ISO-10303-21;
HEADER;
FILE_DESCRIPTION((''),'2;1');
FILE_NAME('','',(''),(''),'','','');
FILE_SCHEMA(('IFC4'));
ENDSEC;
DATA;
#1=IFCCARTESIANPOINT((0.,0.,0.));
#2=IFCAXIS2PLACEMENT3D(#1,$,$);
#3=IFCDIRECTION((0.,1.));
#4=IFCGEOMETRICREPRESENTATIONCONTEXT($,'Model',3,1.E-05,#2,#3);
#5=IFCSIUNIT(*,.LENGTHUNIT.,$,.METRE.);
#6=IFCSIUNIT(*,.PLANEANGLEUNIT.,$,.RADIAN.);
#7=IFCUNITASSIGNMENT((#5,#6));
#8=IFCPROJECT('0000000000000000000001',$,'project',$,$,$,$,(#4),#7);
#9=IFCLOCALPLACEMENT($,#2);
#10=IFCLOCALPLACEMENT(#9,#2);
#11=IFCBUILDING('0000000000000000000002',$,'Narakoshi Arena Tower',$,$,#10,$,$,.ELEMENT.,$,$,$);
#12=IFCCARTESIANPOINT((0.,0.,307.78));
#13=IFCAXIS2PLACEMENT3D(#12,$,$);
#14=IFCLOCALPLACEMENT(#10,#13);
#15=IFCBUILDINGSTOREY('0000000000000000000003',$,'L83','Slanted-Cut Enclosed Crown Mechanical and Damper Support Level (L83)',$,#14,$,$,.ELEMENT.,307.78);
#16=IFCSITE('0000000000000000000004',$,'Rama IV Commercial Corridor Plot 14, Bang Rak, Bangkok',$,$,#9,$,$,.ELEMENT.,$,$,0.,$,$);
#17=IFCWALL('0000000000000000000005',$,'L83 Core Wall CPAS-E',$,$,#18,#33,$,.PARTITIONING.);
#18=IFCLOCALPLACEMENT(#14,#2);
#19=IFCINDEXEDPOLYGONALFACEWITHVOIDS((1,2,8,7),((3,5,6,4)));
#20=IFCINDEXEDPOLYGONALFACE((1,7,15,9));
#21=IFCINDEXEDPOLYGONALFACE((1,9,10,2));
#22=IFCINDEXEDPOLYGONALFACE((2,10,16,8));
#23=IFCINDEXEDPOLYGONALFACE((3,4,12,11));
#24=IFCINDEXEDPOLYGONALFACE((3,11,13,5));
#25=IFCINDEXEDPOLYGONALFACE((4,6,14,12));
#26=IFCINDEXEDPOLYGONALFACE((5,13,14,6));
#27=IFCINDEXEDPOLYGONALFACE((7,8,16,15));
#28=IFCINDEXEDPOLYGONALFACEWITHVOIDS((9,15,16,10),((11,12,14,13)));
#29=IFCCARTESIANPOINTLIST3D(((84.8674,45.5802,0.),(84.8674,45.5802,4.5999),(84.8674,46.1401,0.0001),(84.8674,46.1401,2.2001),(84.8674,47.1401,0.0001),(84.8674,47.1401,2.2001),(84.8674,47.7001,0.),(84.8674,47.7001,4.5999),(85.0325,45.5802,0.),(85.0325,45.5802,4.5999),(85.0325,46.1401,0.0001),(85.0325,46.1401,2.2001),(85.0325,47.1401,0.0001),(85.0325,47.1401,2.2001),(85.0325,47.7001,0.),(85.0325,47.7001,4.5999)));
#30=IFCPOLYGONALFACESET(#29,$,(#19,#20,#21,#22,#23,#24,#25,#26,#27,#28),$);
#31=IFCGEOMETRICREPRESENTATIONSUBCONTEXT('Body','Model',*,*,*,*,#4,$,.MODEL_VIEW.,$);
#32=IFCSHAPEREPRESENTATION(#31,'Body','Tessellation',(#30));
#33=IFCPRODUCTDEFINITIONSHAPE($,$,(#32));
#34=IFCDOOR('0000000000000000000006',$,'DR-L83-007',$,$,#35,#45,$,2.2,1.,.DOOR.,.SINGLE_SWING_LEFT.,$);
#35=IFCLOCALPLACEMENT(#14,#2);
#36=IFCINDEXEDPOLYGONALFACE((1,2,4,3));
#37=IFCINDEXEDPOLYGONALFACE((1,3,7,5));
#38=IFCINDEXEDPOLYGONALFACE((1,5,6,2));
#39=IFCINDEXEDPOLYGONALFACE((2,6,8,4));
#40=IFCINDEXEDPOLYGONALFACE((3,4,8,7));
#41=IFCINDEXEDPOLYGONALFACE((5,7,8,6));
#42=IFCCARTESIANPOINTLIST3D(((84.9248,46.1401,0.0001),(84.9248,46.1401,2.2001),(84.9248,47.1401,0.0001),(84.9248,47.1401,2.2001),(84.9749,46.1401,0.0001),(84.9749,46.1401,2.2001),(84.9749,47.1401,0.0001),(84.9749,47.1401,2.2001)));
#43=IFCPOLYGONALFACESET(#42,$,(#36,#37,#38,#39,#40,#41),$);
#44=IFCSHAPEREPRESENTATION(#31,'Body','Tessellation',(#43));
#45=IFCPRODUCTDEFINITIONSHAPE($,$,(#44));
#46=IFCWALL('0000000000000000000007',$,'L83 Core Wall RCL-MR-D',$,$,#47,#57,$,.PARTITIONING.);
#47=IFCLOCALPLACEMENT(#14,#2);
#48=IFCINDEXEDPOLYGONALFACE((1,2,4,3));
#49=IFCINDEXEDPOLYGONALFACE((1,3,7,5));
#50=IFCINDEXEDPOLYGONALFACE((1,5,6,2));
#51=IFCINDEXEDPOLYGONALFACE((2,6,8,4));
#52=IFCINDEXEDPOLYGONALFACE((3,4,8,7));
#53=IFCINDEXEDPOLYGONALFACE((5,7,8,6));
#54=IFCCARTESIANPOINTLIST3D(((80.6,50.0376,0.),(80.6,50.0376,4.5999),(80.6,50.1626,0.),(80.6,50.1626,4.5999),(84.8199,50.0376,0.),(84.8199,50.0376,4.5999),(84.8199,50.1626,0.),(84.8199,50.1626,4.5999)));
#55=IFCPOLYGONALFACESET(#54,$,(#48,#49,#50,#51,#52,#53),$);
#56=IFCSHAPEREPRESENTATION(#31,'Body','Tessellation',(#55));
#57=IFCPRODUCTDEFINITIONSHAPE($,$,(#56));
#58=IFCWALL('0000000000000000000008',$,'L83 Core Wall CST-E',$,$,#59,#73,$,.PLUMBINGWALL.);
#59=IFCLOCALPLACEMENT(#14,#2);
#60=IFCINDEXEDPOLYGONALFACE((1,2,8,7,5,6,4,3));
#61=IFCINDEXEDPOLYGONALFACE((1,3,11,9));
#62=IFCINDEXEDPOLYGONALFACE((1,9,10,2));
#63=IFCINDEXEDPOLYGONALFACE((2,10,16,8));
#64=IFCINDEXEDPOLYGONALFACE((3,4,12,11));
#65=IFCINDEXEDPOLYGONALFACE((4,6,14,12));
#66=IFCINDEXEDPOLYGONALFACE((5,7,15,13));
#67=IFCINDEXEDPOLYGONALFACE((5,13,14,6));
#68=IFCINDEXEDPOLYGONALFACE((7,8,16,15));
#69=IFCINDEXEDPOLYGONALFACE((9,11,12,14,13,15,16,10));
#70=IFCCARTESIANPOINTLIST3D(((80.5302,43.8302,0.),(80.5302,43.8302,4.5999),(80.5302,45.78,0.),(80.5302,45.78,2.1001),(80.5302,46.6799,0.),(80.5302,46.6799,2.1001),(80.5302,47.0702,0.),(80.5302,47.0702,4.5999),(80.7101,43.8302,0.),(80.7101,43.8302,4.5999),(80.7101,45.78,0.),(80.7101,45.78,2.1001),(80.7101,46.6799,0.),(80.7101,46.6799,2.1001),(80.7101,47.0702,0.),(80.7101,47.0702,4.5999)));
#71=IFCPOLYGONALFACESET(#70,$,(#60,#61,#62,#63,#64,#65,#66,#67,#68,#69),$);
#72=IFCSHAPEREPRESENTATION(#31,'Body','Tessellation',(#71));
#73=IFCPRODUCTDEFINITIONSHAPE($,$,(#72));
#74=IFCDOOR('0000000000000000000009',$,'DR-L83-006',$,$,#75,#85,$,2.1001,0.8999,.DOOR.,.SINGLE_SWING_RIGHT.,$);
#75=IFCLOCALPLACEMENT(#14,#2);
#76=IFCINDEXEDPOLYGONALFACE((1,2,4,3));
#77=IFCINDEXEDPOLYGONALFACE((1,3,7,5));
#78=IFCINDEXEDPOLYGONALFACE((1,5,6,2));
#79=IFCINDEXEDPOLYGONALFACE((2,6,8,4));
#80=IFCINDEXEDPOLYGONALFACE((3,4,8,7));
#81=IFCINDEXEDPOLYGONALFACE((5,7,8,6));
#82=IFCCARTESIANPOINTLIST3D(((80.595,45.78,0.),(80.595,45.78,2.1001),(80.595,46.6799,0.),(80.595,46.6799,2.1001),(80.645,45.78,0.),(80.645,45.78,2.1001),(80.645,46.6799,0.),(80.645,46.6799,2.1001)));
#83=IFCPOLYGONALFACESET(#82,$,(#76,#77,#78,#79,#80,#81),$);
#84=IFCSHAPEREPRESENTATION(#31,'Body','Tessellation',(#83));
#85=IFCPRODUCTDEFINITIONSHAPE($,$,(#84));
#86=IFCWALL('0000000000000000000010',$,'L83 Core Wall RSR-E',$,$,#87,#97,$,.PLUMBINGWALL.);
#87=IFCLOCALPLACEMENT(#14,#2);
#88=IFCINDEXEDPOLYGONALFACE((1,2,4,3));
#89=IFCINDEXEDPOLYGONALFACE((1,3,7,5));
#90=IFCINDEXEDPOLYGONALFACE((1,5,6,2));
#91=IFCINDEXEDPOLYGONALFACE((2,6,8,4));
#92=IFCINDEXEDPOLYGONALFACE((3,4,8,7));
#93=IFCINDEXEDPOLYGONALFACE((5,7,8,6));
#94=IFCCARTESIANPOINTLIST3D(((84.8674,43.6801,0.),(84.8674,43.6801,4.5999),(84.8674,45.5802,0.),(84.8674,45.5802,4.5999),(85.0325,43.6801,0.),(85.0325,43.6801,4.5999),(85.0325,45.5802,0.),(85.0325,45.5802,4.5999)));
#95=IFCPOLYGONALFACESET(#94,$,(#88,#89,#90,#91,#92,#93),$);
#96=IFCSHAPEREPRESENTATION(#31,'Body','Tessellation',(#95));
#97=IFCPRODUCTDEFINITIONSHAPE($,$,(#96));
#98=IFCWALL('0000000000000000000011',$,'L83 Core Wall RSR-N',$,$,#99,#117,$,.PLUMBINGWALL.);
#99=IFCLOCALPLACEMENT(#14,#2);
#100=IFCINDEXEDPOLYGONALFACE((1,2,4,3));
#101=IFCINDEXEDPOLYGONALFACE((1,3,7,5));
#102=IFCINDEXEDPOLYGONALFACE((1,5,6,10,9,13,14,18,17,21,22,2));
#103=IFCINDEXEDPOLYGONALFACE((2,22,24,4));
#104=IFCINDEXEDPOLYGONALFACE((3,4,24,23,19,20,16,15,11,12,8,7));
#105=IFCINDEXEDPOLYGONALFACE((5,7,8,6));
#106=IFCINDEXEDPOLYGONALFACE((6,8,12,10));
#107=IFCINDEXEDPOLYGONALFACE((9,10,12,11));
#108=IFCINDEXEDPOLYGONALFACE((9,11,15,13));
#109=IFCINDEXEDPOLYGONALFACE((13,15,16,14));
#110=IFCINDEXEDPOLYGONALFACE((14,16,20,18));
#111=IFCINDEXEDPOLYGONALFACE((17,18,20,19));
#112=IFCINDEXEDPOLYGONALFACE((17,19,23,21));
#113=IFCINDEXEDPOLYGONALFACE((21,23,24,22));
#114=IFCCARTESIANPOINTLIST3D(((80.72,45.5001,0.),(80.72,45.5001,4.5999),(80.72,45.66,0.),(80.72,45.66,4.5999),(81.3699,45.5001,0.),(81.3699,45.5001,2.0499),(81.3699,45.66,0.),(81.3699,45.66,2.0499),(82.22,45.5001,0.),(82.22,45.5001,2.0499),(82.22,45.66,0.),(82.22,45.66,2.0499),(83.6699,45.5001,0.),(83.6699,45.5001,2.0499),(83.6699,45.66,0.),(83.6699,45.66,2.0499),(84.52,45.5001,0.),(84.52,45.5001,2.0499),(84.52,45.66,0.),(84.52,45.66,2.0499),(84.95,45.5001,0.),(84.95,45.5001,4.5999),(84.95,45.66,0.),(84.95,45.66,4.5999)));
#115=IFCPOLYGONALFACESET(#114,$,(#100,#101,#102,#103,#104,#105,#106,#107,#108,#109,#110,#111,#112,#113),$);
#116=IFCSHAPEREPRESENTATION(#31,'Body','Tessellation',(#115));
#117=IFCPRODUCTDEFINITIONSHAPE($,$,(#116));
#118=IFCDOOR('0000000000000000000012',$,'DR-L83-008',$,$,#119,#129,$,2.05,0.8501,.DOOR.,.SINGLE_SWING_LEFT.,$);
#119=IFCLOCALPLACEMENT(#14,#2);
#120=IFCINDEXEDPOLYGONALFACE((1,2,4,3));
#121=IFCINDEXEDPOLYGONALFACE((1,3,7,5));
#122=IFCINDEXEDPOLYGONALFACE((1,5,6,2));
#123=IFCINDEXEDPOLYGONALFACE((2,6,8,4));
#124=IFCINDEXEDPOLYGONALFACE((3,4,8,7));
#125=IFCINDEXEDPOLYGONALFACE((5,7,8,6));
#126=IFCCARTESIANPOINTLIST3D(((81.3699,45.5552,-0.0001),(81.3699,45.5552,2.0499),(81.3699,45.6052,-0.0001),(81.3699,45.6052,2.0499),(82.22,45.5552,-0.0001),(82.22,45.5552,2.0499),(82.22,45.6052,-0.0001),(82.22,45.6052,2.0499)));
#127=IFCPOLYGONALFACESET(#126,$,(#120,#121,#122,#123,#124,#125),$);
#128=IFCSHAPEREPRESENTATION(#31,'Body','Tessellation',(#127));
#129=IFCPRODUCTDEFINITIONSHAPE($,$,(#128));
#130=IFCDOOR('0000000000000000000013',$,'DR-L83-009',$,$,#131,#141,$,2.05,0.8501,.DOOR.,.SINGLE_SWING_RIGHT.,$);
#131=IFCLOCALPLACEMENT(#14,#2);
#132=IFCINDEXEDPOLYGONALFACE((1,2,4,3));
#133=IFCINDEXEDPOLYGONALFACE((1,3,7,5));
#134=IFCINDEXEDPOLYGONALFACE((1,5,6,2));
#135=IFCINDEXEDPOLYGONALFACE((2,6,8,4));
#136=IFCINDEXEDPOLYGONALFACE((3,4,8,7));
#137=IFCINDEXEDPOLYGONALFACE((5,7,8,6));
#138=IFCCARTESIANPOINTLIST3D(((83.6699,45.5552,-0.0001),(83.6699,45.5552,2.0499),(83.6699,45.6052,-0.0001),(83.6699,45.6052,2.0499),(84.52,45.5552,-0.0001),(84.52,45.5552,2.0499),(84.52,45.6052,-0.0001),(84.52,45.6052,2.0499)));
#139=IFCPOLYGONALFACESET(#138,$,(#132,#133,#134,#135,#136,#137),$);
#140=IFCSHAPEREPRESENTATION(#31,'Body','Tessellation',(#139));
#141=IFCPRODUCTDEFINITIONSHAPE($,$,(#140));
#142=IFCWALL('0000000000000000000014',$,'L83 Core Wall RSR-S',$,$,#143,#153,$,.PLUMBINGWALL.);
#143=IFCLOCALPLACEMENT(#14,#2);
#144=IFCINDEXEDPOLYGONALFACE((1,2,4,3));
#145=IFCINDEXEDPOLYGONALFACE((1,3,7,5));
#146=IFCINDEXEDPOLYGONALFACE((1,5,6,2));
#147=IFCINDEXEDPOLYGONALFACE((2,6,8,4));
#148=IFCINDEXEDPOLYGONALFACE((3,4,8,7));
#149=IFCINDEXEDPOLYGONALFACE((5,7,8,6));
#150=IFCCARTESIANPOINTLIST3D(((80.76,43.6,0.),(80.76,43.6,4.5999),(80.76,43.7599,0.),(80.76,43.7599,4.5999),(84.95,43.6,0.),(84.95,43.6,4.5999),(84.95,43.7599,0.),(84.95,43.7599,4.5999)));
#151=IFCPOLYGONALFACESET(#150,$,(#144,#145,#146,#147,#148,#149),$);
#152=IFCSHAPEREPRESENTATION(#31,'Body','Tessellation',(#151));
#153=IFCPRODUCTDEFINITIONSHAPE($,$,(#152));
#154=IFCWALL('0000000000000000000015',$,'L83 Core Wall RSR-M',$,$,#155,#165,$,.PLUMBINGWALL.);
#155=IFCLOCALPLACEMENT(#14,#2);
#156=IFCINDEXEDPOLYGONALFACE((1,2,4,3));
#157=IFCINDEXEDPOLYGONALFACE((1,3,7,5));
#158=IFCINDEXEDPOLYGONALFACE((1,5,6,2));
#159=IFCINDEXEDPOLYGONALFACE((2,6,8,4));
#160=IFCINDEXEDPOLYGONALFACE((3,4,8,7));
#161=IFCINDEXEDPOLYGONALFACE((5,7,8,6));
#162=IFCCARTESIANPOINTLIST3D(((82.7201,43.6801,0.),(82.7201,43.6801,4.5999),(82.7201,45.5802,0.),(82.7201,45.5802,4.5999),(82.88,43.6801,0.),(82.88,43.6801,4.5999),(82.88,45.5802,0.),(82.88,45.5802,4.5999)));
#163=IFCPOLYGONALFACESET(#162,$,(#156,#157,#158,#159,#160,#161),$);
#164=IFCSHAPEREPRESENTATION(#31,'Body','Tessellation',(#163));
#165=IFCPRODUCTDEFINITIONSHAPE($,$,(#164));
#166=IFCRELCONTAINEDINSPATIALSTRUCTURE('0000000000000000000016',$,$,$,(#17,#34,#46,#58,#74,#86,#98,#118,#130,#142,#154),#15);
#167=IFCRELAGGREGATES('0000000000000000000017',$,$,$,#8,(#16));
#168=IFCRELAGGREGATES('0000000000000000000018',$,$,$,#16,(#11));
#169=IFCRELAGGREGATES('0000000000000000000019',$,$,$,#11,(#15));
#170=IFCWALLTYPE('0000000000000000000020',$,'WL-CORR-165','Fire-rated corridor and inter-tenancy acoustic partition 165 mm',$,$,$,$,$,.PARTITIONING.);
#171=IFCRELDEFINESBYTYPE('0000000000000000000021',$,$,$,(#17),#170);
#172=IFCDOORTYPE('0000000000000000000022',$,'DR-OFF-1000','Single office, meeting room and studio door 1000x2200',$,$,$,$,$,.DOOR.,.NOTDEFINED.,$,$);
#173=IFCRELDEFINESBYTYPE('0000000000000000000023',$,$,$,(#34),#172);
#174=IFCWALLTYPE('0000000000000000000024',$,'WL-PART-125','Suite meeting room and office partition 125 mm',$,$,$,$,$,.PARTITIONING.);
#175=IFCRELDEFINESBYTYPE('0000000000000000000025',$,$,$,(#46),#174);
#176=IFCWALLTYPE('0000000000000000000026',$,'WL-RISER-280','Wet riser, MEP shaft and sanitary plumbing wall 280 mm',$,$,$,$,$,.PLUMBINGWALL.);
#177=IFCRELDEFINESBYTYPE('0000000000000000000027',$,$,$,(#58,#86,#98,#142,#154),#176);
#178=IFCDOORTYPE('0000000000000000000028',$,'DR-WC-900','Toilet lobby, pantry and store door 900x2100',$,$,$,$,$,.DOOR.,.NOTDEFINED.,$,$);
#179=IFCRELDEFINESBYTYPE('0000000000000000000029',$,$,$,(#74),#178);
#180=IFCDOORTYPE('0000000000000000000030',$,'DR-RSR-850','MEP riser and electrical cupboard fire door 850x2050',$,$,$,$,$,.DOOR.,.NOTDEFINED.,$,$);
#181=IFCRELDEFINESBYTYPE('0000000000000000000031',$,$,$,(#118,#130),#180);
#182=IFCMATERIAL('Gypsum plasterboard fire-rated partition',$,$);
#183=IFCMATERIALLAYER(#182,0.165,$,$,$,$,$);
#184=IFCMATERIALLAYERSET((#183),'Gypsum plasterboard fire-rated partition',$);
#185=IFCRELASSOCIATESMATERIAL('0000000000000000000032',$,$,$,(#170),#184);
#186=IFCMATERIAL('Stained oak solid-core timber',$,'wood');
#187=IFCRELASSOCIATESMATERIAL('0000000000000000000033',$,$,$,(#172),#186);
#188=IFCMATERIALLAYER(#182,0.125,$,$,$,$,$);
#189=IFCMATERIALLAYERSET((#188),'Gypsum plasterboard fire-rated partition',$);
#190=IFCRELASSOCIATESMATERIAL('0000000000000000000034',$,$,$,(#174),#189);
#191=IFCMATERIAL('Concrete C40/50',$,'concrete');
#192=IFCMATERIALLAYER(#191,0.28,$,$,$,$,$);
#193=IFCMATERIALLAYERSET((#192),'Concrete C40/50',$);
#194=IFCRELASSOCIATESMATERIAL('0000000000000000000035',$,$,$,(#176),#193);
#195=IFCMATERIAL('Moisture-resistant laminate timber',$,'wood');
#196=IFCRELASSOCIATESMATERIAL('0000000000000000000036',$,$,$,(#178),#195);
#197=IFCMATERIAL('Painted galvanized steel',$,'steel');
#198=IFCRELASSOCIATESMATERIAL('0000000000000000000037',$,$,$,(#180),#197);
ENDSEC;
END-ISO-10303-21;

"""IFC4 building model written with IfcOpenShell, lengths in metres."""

from ifc_helpers import new_model, si_unit, direction, frame, frame_2d, origin, place, context, subcontext, project, spatial, rectangle, extrude, material, layer, layer_set, type_object, element, fill, save


model = new_model("IFC4")

# Units and contexts
model_context = context("Model", 3, precision=1e-05, world=origin(), true_north=direction((0.0, 1.0)))
body_context = subcontext(model_context, "Body", "Model", "MODEL_VIEW")
ifc_project = project(units=[si_unit("LENGTHUNIT", "METRE"), si_unit("PLANEANGLEUNIT", "RADIAN")], contexts=[model_context])

# Site, building, storey
site_placement = place(None, origin())
site = spatial("IfcSite", under=ifc_project, at=site_placement, Name="Rama IV Commercial Corridor Plot 14, Bang Rak, Bangkok", CompositionType="ELEMENT", RefElevation=0.0)
building_placement = place(site_placement, origin())
building = spatial("IfcBuilding", under=site, at=building_placement, Name="Narakoshi Arena Tower", CompositionType="ELEMENT")
storey_placement = place(building_placement, frame((0.0, 0.0, 307.78)))
storey = spatial("IfcBuildingStorey", under=building, at=storey_placement, Name="L83", Description="Slanted-Cut Enclosed Crown Mechanical and Damper Support Level (L83)", CompositionType="ELEMENT", Elevation=307.78)

# Wall, opening, door
ifc_material_1 = material(Name="Gypsum plasterboard fire-rated partition")
ifc_layer_1 = layer(ifc_material_1, 0.165)
ifc_layer_set_1 = layer_set([ifc_layer_1], Name="Gypsum plasterboard fire-rated partition")
wall_type_1 = type_object("IfcWallType", Name="WL-CORR-165", Description="Fire-rated corridor and inter-tenancy acoustic partition 165 mm", PredefinedType="PARTITIONING", material=ifc_layer_set_1)
wall_1_placement = place(storey_placement, frame((84.95, 45.5801, 0.0), z_axis=(0.0, 0.0, 1.0), x_axis=(0.0, 1.0, 0.0)))
wall_1 = element("IfcWall", 1, at=wall_1_placement, inside=storey, type_object=wall_type_1, Name="L83 Core Wall CPAS-E", PredefinedType="PARTITIONING", context=body_context, shape_type="SweptSolid", body=[
    extrude(rectangle(XDim=2.1199, YDim=0.165, at=frame_2d((1.0601, 0.0))), origin(), (0.0, 0.0, 1.0), 4.5999),
])
opening_1_placement = place(wall_1_placement, frame((0.5601, 0.0, 0.0)))
opening_1 = element("IfcOpeningElement", 2, at=opening_1_placement, cuts=wall_1, PredefinedType="OPENING", context=body_context, shape_type="SweptSolid", body=[
    extrude(rectangle(XDim=1.0, YDim=2.2, at=frame_2d((0.5, 1.1001))), frame((0.0, 0.0925, 0.0), z_axis=(0.0, -1.0, 0.0), x_axis=(1.0, 0.0, 0.0)), (0.0, 0.0, 1.0), 0.1851),
])
ifc_material_2 = material(Name="Stained oak solid-core timber", Category="wood")
door_type_1 = type_object("IfcDoorType", Name="DR-OFF-1000", Description="Single office, meeting room and studio door 1000x2200", OperationType="NOTDEFINED", PredefinedType="DOOR", material=ifc_material_2)
door_1_placement = place(opening_1_placement, frame((1.0, 0.0, 0.0), z_axis=(0.0, 0.0, 1.0), x_axis=(-1.0, 0.0, 0.0)))
door_1 = element("IfcDoor", 3, at=door_1_placement, inside=storey, type_object=door_type_1, Name="DR-L83-007", OperationType="SINGLE_SWING_LEFT", OverallHeight=2.2, OverallWidth=1.0, PredefinedType="DOOR", context=body_context, shape_type="SweptSolid", body=[
    extrude(rectangle(XDim=1.0, YDim=2.2, at=frame_2d((0.5, 1.1001))), frame((0.0, 0.0249, 0.0), z_axis=(0.0, -1.0, 0.0), x_axis=(1.0, 0.0, 0.0)), (0.0, 0.0, 1.0), 0.05),
])
fill(opening_1, door_1)

# Wall
ifc_layer_2 = layer(ifc_material_1, 0.125)
ifc_layer_set_2 = layer_set([ifc_layer_2], Name="Gypsum plasterboard fire-rated partition")
wall_type_2 = type_object("IfcWallType", Name="WL-PART-125", Description="Suite meeting room and office partition 125 mm", PredefinedType="PARTITIONING", material=ifc_layer_set_2)
wall_2_placement = place(storey_placement, frame((80.6001, 50.1001, 0.0), z_axis=(0.0, 0.0, 1.0), x_axis=(1.0, 0.0, 0.0)))
element("IfcWall", 4, at=wall_2_placement, inside=storey, type_object=wall_type_2, Name="L83 Core Wall RCL-MR-D", PredefinedType="PARTITIONING", context=body_context, shape_type="SweptSolid", body=[
    extrude(rectangle(XDim=4.22, YDim=0.125, at=frame_2d((2.1099, 0.0))), origin(), (0.0, 0.0, 1.0), 4.5999),
])

# Wall, opening, door
ifc_material_3 = material(Name="Concrete C40/50", Category="concrete")
ifc_layer_3 = layer(ifc_material_3, 0.28)
ifc_layer_set_3 = layer_set([ifc_layer_3], Name="Concrete C40/50")
wall_type_3 = type_object("IfcWallType", Name="WL-RISER-280", Description="Wet riser, MEP shaft and sanitary plumbing wall 280 mm", PredefinedType="PLUMBINGWALL", material=ifc_layer_set_3)
wall_3_placement = place(storey_placement, frame((80.6201, 43.8301, 0.0), z_axis=(0.0, 0.0, 1.0), x_axis=(0.0, 1.0, 0.0)))
wall_3 = element("IfcWall", 5, at=wall_3_placement, inside=storey, type_object=wall_type_3, Name="L83 Core Wall CST-E", PredefinedType="PLUMBINGWALL", context=body_context, shape_type="SweptSolid", body=[
    extrude(rectangle(XDim=3.24, YDim=0.1799, at=frame_2d((1.6201, 0.0))), origin(), (0.0, 0.0, 1.0), 4.5999),
])
opening_2_placement = place(wall_3_placement, frame((1.95, 0.0, 0.0)))
opening_2 = element("IfcOpeningElement", 6, at=opening_2_placement, cuts=wall_3, PredefinedType="OPENING", context=body_context, shape_type="SweptSolid", body=[
    extrude(rectangle(XDim=0.8999, YDim=2.1001, at=frame_2d((0.45, 1.05))), frame((0.0, 0.0999, 0.0), z_axis=(0.0, -1.0, 0.0), x_axis=(1.0, 0.0, 0.0)), (0.0, 0.0, 1.0), 0.2),
])
ifc_material_4 = material(Name="Moisture-resistant laminate timber", Category="wood")
door_type_2 = type_object("IfcDoorType", Name="DR-WC-900", Description="Toilet lobby, pantry and store door 900x2100", OperationType="NOTDEFINED", PredefinedType="DOOR", material=ifc_material_4)
door_2_placement = place(opening_2_placement, frame((0.8999, 0.0, 0.0), z_axis=(0.0, 0.0, 1.0), x_axis=(-1.0, 0.0, 0.0)))
door_2 = element("IfcDoor", 7, at=door_2_placement, inside=storey, type_object=door_type_2, Name="DR-L83-006", OperationType="SINGLE_SWING_RIGHT", OverallHeight=2.1001, OverallWidth=0.8999, PredefinedType="DOOR", context=body_context, shape_type="SweptSolid", body=[
    extrude(rectangle(XDim=0.8999, YDim=2.1001, at=frame_2d((0.45, 1.05))), frame((0.0, 0.0249, 0.0), z_axis=(0.0, -1.0, 0.0), x_axis=(1.0, 0.0, 0.0)), (0.0, 0.0, 1.0), 0.05),
])
fill(opening_2, door_2)

# Wall
wall_4_placement = place(storey_placement, frame((84.95, 43.6799, 0.0), z_axis=(0.0, 0.0, 1.0), x_axis=(0.0, 1.0, 0.0)))
element("IfcWall", 8, at=wall_4_placement, inside=storey, type_object=wall_type_3, Name="L83 Core Wall RSR-E", PredefinedType="PLUMBINGWALL", context=body_context, shape_type="SweptSolid", body=[
    extrude(rectangle(XDim=1.9001, YDim=0.165, at=frame_2d((0.9502, 0.0))), origin(), (0.0, 0.0, 1.0), 4.5999),
])

# Wall, openings, doors
wall_5_placement = place(storey_placement, frame((80.72, 45.5801, 0.0), z_axis=(0.0, 0.0, 1.0), x_axis=(1.0, 0.0, 0.0)))
wall_5 = element("IfcWall", 9, at=wall_5_placement, inside=storey, type_object=wall_type_3, Name="L83 Core Wall RSR-N", PredefinedType="PLUMBINGWALL", context=body_context, shape_type="SweptSolid", body=[
    extrude(rectangle(XDim=4.23, YDim=0.1599, at=frame_2d((2.115, 0.0))), origin(), (0.0, 0.0, 1.0), 4.5999),
])
opening_3_placement = place(wall_5_placement, frame((0.6499, 0.0, 0.0)))
opening_3 = element("IfcOpeningElement", 10, at=opening_3_placement, cuts=wall_5, PredefinedType="OPENING", context=body_context, shape_type="SweptSolid", body=[
    extrude(rectangle(XDim=0.8501, YDim=2.05, at=frame_2d((0.425, 1.0249))), frame((0.0, 0.0898, 0.0), z_axis=(0.0, -1.0, 0.0), x_axis=(1.0, 0.0, 0.0)), (0.0, 0.0, 1.0), 0.1799),
])
opening_4_placement = place(wall_5_placement, frame((2.95, 0.0, 0.0)))
opening_4 = element("IfcOpeningElement", 11, at=opening_4_placement, cuts=wall_5, PredefinedType="OPENING", context=body_context, shape_type="SweptSolid", body=[
    extrude(rectangle(XDim=0.8501, YDim=2.05, at=frame_2d((0.425, 1.0249))), frame((0.0, 0.0898, 0.0), z_axis=(0.0, -1.0, 0.0), x_axis=(1.0, 0.0, 0.0)), (0.0, 0.0, 1.0), 0.1799),
])
ifc_material_5 = material(Name="Painted galvanized steel", Category="steel")
door_type_3 = type_object("IfcDoorType", Name="DR-RSR-850", Description="MEP riser and electrical cupboard fire door 850x2050", OperationType="NOTDEFINED", PredefinedType="DOOR", material=ifc_material_5)
door_3_placement = place(opening_3_placement, frame((0.8501, 0.0, 0.0), z_axis=(0.0, 0.0, 1.0), x_axis=(-1.0, 0.0, 0.0)))
door_3 = element("IfcDoor", 12, at=door_3_placement, inside=storey, type_object=door_type_3, Name="DR-L83-008", OperationType="SINGLE_SWING_LEFT", OverallHeight=2.05, OverallWidth=0.8501, PredefinedType="DOOR", context=body_context, shape_type="SweptSolid", body=[
    extrude(rectangle(XDim=0.8501, YDim=2.05, at=frame_2d((0.425, 1.0249))), frame((0.0, 0.0249, 0.0), z_axis=(0.0, -1.0, 0.0), x_axis=(1.0, 0.0, 0.0)), (0.0, 0.0, 1.0), 0.05),
])
fill(opening_3, door_3)
door_4_placement = place(opening_4_placement, frame((0.8501, 0.0, 0.0), z_axis=(0.0, 0.0, 1.0), x_axis=(-1.0, 0.0, 0.0)))
door_4 = element("IfcDoor", 13, at=door_4_placement, inside=storey, type_object=door_type_3, Name="DR-L83-009", OperationType="SINGLE_SWING_RIGHT", OverallHeight=2.05, OverallWidth=0.8501, PredefinedType="DOOR", context=body_context, shape_type="SweptSolid", body=[
    extrude(rectangle(XDim=0.8501, YDim=2.05, at=frame_2d((0.425, 1.0249))), frame((0.0, 0.0249, 0.0), z_axis=(0.0, -1.0, 0.0), x_axis=(1.0, 0.0, 0.0)), (0.0, 0.0, 1.0), 0.05),
])
fill(opening_4, door_4)

# Walls
wall_6_placement = place(storey_placement, frame((80.76, 43.6799, 0.0), z_axis=(0.0, 0.0, 1.0), x_axis=(1.0, 0.0, 0.0)))
element("IfcWall", 14, at=wall_6_placement, inside=storey, type_object=wall_type_3, Name="L83 Core Wall RSR-S", PredefinedType="PLUMBINGWALL", context=body_context, shape_type="SweptSolid", body=[
    extrude(rectangle(XDim=4.1899, YDim=0.1599, at=frame_2d((2.095, 0.0))), origin(), (0.0, 0.0, 1.0), 4.5999),
])
wall_7_placement = place(storey_placement, frame((82.8, 43.6799, 0.0), z_axis=(0.0, 0.0, 1.0), x_axis=(0.0, 1.0, 0.0)))
element("IfcWall", 15, at=wall_7_placement, inside=storey, type_object=wall_type_3, Name="L83 Core Wall RSR-M", PredefinedType="PLUMBINGWALL", context=body_context, shape_type="SweptSolid", body=[
    extrude(rectangle(XDim=1.9001, YDim=0.1599, at=frame_2d((0.9502, 0.0))), origin(), (0.0, 0.0, 1.0), 4.5999),
])

save(model, "model.ifc")
